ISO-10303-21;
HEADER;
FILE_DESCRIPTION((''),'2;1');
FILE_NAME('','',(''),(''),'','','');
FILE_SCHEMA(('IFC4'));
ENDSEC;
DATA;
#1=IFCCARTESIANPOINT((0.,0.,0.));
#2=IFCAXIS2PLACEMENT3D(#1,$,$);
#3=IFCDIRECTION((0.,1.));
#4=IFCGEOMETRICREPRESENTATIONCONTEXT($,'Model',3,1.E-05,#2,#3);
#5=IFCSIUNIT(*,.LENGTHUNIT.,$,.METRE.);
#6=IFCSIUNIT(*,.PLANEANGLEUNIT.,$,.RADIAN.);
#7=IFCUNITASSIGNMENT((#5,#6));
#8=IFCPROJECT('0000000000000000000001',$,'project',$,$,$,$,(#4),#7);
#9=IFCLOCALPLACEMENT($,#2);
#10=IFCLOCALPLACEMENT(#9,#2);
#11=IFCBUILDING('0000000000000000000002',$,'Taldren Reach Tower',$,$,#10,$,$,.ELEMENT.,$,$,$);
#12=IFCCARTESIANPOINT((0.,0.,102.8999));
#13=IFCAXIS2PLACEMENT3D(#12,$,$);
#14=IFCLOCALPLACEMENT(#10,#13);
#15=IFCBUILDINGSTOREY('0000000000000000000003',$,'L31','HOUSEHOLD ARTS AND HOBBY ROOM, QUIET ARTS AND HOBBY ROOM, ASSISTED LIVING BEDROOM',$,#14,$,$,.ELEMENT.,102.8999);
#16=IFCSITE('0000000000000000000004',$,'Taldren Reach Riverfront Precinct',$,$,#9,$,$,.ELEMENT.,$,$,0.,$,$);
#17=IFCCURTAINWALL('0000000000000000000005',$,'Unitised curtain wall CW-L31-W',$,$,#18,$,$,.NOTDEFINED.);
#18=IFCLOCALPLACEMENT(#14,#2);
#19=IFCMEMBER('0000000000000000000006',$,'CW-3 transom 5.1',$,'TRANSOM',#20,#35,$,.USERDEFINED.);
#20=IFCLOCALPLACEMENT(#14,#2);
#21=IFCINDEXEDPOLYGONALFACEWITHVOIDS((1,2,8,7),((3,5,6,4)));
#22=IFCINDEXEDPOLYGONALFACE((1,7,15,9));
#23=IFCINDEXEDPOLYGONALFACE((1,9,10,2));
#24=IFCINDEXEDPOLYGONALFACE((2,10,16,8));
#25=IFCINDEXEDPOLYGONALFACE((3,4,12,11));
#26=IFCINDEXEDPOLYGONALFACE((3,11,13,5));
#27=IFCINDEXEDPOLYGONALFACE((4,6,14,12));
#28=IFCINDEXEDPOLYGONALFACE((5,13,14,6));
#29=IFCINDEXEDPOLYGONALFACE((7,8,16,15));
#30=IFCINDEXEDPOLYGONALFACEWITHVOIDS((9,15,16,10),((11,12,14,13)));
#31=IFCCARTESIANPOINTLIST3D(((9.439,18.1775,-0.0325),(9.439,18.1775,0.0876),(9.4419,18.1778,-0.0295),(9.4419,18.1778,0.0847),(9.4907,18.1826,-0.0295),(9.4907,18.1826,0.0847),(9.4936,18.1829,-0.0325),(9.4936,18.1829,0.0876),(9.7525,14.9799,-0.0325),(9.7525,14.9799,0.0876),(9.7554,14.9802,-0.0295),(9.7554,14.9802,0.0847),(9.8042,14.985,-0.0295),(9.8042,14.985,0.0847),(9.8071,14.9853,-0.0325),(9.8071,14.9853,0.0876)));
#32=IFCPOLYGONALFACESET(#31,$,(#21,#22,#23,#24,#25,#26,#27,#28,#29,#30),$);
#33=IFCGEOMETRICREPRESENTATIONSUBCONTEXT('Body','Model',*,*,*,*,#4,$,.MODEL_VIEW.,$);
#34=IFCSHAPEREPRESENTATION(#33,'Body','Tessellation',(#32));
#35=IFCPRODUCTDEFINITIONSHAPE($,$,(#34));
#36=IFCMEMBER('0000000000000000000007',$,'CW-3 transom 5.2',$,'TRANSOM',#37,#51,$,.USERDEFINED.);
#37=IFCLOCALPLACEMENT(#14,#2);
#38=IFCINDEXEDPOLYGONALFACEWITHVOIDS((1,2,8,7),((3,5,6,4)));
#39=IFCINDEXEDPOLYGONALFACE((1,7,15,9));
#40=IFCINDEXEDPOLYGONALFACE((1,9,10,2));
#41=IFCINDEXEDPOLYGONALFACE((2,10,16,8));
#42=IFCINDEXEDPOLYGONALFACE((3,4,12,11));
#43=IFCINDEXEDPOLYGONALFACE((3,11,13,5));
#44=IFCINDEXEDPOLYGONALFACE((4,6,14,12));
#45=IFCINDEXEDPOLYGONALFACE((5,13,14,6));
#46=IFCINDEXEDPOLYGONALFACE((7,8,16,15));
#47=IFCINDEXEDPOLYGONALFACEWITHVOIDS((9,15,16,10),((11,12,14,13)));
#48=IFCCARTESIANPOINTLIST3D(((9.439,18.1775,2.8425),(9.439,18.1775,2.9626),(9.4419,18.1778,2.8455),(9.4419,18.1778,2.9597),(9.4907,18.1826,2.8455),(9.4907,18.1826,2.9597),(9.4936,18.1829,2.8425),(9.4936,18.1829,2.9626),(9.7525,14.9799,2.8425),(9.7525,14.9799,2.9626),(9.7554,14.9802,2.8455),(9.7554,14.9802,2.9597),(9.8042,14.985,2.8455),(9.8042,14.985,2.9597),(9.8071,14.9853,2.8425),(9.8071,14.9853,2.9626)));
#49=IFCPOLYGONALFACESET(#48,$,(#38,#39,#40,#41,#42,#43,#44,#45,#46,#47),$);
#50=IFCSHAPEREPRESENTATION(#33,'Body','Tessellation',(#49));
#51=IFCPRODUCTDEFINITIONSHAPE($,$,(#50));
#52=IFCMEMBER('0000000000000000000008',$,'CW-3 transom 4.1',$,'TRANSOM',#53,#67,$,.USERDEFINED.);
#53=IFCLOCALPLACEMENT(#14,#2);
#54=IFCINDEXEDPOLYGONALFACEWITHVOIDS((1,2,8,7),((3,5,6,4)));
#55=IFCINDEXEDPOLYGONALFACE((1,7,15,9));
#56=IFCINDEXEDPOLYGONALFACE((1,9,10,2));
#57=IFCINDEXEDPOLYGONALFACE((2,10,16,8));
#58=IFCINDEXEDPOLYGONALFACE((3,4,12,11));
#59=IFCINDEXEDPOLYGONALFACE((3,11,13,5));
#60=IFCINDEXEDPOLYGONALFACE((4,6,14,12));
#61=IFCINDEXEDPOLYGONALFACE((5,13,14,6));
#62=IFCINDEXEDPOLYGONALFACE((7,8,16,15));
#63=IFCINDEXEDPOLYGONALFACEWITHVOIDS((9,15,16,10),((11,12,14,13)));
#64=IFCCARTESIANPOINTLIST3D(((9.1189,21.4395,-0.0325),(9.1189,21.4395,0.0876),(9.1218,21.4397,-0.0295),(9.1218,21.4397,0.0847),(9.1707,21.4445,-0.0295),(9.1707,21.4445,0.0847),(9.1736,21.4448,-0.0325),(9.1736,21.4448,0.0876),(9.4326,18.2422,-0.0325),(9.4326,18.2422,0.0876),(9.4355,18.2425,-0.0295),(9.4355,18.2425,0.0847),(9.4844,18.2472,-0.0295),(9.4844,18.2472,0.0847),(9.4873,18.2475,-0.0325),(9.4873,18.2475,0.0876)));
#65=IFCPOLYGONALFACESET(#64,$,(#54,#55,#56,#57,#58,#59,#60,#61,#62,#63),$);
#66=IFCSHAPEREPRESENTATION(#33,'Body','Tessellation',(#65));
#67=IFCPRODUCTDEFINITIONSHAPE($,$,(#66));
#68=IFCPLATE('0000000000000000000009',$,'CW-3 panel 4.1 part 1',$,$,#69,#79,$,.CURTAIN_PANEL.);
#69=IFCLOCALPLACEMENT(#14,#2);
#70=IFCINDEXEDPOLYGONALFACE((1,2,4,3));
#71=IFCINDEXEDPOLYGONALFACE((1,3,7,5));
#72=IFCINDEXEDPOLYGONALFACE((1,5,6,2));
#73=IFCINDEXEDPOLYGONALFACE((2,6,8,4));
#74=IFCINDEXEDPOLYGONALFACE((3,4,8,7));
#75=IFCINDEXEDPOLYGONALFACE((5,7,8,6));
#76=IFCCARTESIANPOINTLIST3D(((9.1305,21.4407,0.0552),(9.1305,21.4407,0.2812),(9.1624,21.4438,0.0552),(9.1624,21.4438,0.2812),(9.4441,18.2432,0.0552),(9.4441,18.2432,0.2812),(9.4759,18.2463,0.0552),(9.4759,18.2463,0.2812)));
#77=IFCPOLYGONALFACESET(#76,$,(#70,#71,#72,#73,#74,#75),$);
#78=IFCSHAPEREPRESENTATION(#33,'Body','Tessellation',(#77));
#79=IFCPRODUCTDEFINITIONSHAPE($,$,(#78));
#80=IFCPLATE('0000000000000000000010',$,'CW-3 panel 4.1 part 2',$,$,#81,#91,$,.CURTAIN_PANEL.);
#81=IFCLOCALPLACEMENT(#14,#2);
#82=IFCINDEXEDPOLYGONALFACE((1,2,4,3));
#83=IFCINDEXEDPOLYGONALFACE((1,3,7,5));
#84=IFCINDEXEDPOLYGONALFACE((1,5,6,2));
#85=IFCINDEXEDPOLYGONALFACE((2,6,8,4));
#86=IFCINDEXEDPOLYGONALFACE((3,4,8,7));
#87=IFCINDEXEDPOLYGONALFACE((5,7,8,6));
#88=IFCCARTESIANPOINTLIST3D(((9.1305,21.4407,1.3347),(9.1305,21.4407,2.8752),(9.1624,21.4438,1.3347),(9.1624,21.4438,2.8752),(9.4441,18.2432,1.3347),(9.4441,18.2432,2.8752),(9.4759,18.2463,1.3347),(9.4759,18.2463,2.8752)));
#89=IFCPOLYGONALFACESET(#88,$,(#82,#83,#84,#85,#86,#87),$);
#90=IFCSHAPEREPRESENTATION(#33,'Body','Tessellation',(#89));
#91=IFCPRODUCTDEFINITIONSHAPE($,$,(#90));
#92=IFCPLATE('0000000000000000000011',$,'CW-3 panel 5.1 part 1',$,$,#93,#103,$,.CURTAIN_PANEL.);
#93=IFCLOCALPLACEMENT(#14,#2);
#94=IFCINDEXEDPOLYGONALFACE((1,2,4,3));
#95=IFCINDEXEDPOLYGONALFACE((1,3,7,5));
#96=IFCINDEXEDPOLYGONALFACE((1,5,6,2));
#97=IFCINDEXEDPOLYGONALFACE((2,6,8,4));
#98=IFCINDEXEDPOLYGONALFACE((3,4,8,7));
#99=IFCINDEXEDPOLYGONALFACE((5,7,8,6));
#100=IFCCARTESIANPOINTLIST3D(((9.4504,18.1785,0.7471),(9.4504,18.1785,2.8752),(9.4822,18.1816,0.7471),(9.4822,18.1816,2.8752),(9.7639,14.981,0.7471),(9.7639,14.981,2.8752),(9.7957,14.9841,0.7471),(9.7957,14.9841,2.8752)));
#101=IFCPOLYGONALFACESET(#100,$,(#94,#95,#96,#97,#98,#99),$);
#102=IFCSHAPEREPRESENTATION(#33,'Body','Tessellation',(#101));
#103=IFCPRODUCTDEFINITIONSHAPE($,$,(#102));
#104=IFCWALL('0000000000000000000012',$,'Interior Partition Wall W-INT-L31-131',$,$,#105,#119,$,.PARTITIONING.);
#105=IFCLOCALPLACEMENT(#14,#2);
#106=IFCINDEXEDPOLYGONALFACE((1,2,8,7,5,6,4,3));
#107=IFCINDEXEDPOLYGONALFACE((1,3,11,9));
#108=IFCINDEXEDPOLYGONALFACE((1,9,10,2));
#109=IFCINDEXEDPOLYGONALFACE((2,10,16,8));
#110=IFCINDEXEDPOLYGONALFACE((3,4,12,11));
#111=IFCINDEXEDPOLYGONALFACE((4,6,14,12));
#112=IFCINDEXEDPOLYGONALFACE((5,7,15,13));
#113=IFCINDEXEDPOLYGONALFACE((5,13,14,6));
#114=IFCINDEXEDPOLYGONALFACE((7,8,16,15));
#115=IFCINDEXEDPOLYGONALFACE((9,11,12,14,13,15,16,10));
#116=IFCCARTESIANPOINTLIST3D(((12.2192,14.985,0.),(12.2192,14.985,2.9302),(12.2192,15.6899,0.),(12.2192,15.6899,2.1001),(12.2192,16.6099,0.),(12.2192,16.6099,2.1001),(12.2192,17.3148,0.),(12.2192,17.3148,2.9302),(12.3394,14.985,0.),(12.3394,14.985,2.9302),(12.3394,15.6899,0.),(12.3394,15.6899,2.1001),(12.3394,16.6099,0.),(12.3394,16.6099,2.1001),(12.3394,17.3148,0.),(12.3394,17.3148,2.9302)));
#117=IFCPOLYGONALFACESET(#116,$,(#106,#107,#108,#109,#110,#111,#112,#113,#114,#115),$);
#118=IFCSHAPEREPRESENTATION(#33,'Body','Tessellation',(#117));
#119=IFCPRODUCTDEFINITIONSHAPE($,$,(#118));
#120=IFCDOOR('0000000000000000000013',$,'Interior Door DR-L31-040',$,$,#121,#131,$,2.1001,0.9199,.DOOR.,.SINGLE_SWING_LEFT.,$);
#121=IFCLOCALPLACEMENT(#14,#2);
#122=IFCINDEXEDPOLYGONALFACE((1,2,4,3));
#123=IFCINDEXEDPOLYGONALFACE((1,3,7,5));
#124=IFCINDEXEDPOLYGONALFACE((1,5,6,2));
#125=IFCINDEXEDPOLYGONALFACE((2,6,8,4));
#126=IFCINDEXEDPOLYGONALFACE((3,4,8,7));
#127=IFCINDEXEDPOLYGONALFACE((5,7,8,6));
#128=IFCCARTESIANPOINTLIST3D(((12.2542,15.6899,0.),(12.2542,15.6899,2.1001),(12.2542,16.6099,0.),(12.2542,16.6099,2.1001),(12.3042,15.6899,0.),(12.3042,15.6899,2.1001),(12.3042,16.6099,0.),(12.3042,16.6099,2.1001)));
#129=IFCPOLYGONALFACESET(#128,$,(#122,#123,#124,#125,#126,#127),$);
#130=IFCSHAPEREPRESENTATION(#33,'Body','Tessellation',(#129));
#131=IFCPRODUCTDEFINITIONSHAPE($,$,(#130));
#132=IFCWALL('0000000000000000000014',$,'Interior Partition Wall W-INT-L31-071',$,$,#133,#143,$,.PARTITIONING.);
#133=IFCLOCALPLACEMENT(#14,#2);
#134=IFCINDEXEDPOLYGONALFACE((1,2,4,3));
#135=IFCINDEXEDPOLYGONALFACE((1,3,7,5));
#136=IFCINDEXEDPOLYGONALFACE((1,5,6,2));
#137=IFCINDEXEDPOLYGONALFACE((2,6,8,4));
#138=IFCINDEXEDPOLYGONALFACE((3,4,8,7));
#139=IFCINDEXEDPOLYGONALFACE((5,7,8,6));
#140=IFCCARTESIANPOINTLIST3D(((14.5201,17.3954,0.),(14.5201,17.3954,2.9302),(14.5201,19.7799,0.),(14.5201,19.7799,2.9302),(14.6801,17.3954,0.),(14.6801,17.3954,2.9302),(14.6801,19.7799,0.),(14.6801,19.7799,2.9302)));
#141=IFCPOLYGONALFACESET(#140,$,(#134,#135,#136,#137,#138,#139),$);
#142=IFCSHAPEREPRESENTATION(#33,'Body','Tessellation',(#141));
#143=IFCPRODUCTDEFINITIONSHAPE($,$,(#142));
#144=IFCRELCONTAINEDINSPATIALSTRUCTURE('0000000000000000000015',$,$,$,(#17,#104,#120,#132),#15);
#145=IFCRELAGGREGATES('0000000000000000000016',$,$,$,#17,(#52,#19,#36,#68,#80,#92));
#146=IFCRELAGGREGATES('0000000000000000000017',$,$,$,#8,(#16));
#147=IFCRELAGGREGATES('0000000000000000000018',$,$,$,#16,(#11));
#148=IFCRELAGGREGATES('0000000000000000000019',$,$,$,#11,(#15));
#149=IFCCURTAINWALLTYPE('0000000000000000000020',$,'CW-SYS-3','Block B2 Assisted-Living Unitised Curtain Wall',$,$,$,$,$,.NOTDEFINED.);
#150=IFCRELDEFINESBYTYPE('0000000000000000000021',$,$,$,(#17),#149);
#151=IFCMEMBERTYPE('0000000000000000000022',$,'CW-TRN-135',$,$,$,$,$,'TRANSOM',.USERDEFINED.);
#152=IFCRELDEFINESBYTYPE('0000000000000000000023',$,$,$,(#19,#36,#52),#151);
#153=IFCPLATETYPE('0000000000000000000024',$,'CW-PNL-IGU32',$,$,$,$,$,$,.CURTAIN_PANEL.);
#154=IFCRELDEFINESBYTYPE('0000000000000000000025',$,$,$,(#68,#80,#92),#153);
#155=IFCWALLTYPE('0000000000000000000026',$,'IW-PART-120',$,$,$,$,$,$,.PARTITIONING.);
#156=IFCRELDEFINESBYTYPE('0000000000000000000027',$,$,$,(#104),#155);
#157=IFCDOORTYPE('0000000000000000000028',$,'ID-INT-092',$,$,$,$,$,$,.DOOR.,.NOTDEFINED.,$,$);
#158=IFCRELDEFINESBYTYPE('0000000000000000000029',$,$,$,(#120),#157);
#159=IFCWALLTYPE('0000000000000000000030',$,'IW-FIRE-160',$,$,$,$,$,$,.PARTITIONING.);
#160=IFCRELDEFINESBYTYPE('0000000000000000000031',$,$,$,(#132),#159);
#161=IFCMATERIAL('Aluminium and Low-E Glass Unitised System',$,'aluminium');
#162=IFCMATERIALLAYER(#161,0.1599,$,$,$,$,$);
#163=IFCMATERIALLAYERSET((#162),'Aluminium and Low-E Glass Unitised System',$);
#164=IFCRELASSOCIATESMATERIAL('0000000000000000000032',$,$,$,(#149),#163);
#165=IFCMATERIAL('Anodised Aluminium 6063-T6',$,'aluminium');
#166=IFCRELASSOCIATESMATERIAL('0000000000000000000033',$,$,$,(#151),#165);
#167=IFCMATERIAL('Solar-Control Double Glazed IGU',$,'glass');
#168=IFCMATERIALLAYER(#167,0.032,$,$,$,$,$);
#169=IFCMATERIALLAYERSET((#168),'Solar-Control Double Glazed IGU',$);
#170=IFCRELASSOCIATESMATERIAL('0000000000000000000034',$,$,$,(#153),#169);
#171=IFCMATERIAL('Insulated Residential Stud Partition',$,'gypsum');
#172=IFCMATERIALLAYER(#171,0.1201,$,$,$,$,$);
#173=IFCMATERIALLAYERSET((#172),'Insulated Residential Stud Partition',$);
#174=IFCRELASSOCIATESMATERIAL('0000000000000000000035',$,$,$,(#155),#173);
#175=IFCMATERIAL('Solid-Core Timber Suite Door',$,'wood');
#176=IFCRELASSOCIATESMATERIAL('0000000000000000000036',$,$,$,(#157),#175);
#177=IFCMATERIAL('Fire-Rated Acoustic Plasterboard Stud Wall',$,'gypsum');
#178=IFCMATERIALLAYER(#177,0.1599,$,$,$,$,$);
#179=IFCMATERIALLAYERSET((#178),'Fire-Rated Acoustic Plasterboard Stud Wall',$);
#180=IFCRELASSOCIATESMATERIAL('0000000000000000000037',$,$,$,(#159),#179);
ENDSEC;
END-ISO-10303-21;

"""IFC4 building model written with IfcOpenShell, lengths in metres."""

from ifc_helpers import new_model, si_unit, direction, frame, frame_2d, origin, origin_2d, place, context, subcontext, project, spatial, rectangle, hollow_rectangle, extrude, source, transform, mapped, material, layer, layer_set, material_profile, profile_set, type_object, element, fill, aggregate, save


model = new_model("IFC4")

# Units and contexts
model_context = context("Model", 3, precision=1e-05, world=origin(), true_north=direction((0.0, 1.0)))
body_context = subcontext(model_context, "Body", "Model", "MODEL_VIEW")
ifc_project = project(units=[si_unit("LENGTHUNIT", "METRE"), si_unit("PLANEANGLEUNIT", "RADIAN")], contexts=[model_context])

# Site, building, storey
site_placement = place(None, origin())
site = spatial("IfcSite", under=ifc_project, at=site_placement, Name="Taldren Reach Riverfront Precinct", CompositionType="ELEMENT", RefElevation=0.0)
building_placement = place(site_placement, origin())
building = spatial("IfcBuilding", under=site, at=building_placement, Name="Taldren Reach Tower", CompositionType="ELEMENT")
storey_placement = place(building_placement, frame((0.0, 0.0, 102.8999)))
storey = spatial("IfcBuildingStorey", under=building, at=storey_placement, Name="L31", Description="HOUSEHOLD ARTS AND HOBBY ROOM, QUIET ARTS AND HOBBY ROOM, ASSISTED LIVING BEDROOM", CompositionType="ELEMENT", Elevation=102.8999)

# Curtain wall, members, plates
ifc_material_1 = material(Name="Aluminium and Low-E Glass Unitised System", Category="aluminium")
ifc_layer_1 = layer(ifc_material_1, 0.1599)
ifc_layer_set_1 = layer_set([ifc_layer_1], Name="Aluminium and Low-E Glass Unitised System")
curtain_wall_type = type_object("IfcCurtainWallType", Name="CW-SYS-3", Description="Block B2 Assisted-Living Unitised Curtain Wall", PredefinedType="NOTDEFINED", material=ifc_layer_set_1)
curtain_wall_placement = place(storey_placement, origin())
curtain_wall = element("IfcCurtainWall", 1, at=curtain_wall_placement, inside=storey, type_object=curtain_wall_type, Name="Unitised curtain wall CW-L31-W", PredefinedType="NOTDEFINED")
ifc_material_2 = material(Name="Anodised Aluminium 6063-T6", Category="aluminium")
ifc_material_profile_1 = material_profile(ifc_material_2, hollow_rectangle(XDim=0.0549, YDim=0.1201, WallThickness=0.0029, at=origin_2d()), Name="ALU-120x55x3RHS")
ifc_profile_set_1 = profile_set([ifc_material_profile_1], Name="Anodised Aluminium 6063-T6")
member_type_1 = type_object("IfcMemberType", Name="CW-TRN-135", ElementType="TRANSOM", PredefinedType="USERDEFINED", material=ifc_profile_set_1)
shared_shape_1 = source(origin(), body_context, "Body", "SweptSolid", [
    extrude(hollow_rectangle(XDim=0.0549, YDim=0.1201, WallThickness=0.0029, at=origin_2d()), origin(), (0.0, 0.0, 1.0), 3.2129),
])
member_1_placement = place(storey_placement, frame((9.4663, 18.1802, 0.0276), z_axis=(0.09757, -0.995229, 0.0), x_axis=(0.995229, 0.09757, 0.0)))
member_1 = element("IfcMember", 2, at=member_1_placement, type_object=member_type_1, Name="CW-3 transom 5.1", ObjectType="TRANSOM", PredefinedType="USERDEFINED", context=body_context, shape_type="MappedRepresentation", body=[
    mapped(shared_shape_1, transform((0.0, 0.0, 0.0), scale=1.0)),
])
member_2_placement = place(storey_placement, frame((9.4663, 18.1802, 2.9026), z_axis=(0.09757, -0.995229, 0.0), x_axis=(0.995229, 0.09757, 0.0)))
member_2 = element("IfcMember", 3, at=member_2_placement, type_object=member_type_1, Name="CW-3 transom 5.2", ObjectType="TRANSOM", PredefinedType="USERDEFINED", context=body_context, shape_type="MappedRepresentation", body=[
    mapped(shared_shape_1, transform((0.0, 0.0, 0.0), scale=1.0)),
])
shared_shape_2 = source(origin(), body_context, "Body", "SweptSolid", [
    extrude(hollow_rectangle(XDim=0.0549, YDim=0.1201, WallThickness=0.0029, at=origin_2d()), origin(), (0.0, 0.0, 1.0), 3.2126),
])
member_3_placement = place(storey_placement, frame((9.1462, 21.4421, 0.0276), z_axis=(0.097653, -0.995221, 0.0), x_axis=(0.995221, 0.097653, 0.0)))
member_3 = element("IfcMember", 4, at=member_3_placement, type_object=member_type_1, Name="CW-3 transom 4.1", ObjectType="TRANSOM", PredefinedType="USERDEFINED", context=body_context, shape_type="MappedRepresentation", body=[
    mapped(shared_shape_2, transform((0.0, 0.0, 0.0), scale=1.0)),
])
ifc_material_3 = material(Name="Solar-Control Double Glazed IGU", Category="glass")
ifc_layer_2 = layer(ifc_material_3, 0.032)
ifc_layer_set_2 = layer_set([ifc_layer_2], Name="Solar-Control Double Glazed IGU")
plate_type = type_object("IfcPlateType", Name="CW-PNL-IGU32", PredefinedType="CURTAIN_PANEL", material=ifc_layer_set_2)
shared_shape_3 = source(origin(), body_context, "Body", "SweptSolid", [
    extrude(rectangle(XDim=3.2129, YDim=0.032, at=origin_2d()), origin(), (0.0, 0.0, 1.0), 0.2261),
])
plate_1_placement = place(storey_placement, frame((9.3032, 19.8435, 0.0552), z_axis=(0.0, 0.0, 1.0), x_axis=(0.097583, -0.995227, 0.0)))
plate_1 = element("IfcPlate", 5, at=plate_1_placement, type_object=plate_type, Name="CW-3 panel 4.1 part 1", PredefinedType="CURTAIN_PANEL", context=body_context, shape_type="MappedRepresentation", body=[
    mapped(shared_shape_3, transform((0.0, 0.0, 0.0), scale=1.0)),
])
shared_shape_4 = source(origin(), body_context, "Body", "SweptSolid", [
    extrude(rectangle(XDim=3.2129, YDim=0.032, at=origin_2d()), origin(), (0.0, 0.0, 1.0), 1.5405),
])
plate_2_placement = place(storey_placement, frame((9.3032, 19.8435, 1.3347), z_axis=(0.0, 0.0, 1.0), x_axis=(0.097583, -0.995227, 0.0)))
plate_2 = element("IfcPlate", 6, at=plate_2_placement, type_object=plate_type, Name="CW-3 panel 4.1 part 2", PredefinedType="CURTAIN_PANEL", context=body_context, shape_type="MappedRepresentation", body=[
    mapped(shared_shape_4, transform((0.0, 0.0, 0.0), scale=1.0)),
])
shared_shape_5 = source(origin(), body_context, "Body", "SweptSolid", [
    extrude(rectangle(XDim=3.2129, YDim=0.032, at=origin_2d()), origin(), (0.0, 0.0, 1.0), 2.1282),
])
plate_3_placement = place(storey_placement, frame((9.623, 16.5813, 0.7471), z_axis=(0.0, 0.0, 1.0), x_axis=(0.097583, -0.995227, 0.0)))
plate_3 = element("IfcPlate", 7, at=plate_3_placement, type_object=plate_type, Name="CW-3 panel 5.1 part 1", PredefinedType="CURTAIN_PANEL", context=body_context, shape_type="MappedRepresentation", body=[
    mapped(shared_shape_5, transform((0.0, 0.0, 0.0), scale=1.0)),
])
aggregate(curtain_wall, [member_3, member_1, member_2, plate_1, plate_2, plate_3])

# Wall, opening, door
ifc_material_4 = material(Name="Insulated Residential Stud Partition", Category="gypsum")
ifc_layer_3 = layer(ifc_material_4, 0.1201)
ifc_layer_set_3 = layer_set([ifc_layer_3], Name="Insulated Residential Stud Partition")
wall_type_1 = type_object("IfcWallType", Name="IW-PART-120", PredefinedType="PARTITIONING", material=ifc_layer_set_3)
shared_shape_6 = source(origin(), body_context, "Body", "SweptSolid", [
    extrude(rectangle(XDim=2.3298, YDim=0.1201, at=frame_2d((1.165, 0.0))), origin(), (0.0, 0.0, 1.0), 2.9302),
])
wall_1_placement = place(storey_placement, frame((12.2793, 17.3149, 0.0), z_axis=(0.0, 0.0, 1.0), x_axis=(0.0, -1.0, 0.0)))
wall_1 = element("IfcWall", 8, at=wall_1_placement, inside=storey, type_object=wall_type_1, Name="Interior Partition Wall W-INT-L31-131", PredefinedType="PARTITIONING", context=body_context, shape_type="MappedRepresentation", body=[
    mapped(shared_shape_6, transform((0.0, 0.0, 0.0), scale=1.0)),
])
shared_shape_7 = source(origin(), body_context, "Body", "SweptSolid", [
    extrude(rectangle(XDim=0.9199, YDim=2.1001, at=frame_2d((0.46, 1.05))), frame((0.0, 0.0701, 0.0), z_axis=(0.0, -1.0, 0.0), x_axis=(1.0, 0.0, 0.0)), (0.0, 0.0, 1.0), 0.1401),
])
opening_1_placement = place(wall_1_placement, frame((0.7051, 0.0, 0.0)))
opening_1 = element("IfcOpeningElement", 9, at=opening_1_placement, cuts=wall_1, PredefinedType="OPENING", context=body_context, shape_type="MappedRepresentation", body=[
    mapped(shared_shape_7, transform((0.0, 0.0, 0.0), scale=1.0)),
])
ifc_material_5 = material(Name="Solid-Core Timber Suite Door", Category="wood")
door_type = type_object("IfcDoorType", Name="ID-INT-092", OperationType="NOTDEFINED", PredefinedType="DOOR", material=ifc_material_5)
shared_shape_8 = source(origin(), body_context, "Body", "SweptSolid", [
    extrude(rectangle(XDim=0.9199, YDim=2.1001, at=frame_2d((0.46, 1.05))), frame((0.0, 0.0249, 0.0), z_axis=(0.0, -1.0, 0.0), x_axis=(1.0, 0.0, 0.0)), (0.0, 0.0, 1.0), 0.05),
])
door_1_placement = place(opening_1_placement, origin())
door_1 = element("IfcDoor", 10, at=door_1_placement, inside=storey, type_object=door_type, Name="Interior Door DR-L31-040", OperationType="SINGLE_SWING_LEFT", OverallHeight=2.1001, OverallWidth=0.9199, PredefinedType="DOOR", context=body_context, shape_type="MappedRepresentation", body=[
    mapped(shared_shape_8, transform((0.0, 0.0, 0.0), scale=1.0)),
])
fill(opening_1, door_1)

# Wall
ifc_material_6 = material(Name="Fire-Rated Acoustic Plasterboard Stud Wall", Category="gypsum")
ifc_layer_4 = layer(ifc_material_6, 0.1599)
ifc_layer_set_4 = layer_set([ifc_layer_4], Name="Fire-Rated Acoustic Plasterboard Stud Wall")
wall_type_2 = type_object("IfcWallType", Name="IW-FIRE-160", PredefinedType="PARTITIONING", material=ifc_layer_set_4)
shared_shape_9 = source(origin(), body_context, "Body", "SweptSolid", [
    extrude(rectangle(XDim=2.3845, YDim=0.1599, at=frame_2d((1.1924, 0.0))), origin(), (0.0, 0.0, 1.0), 2.9302),
])
wall_2_placement = place(storey_placement, frame((14.6001, 17.3953, 0.0), z_axis=(0.0, 0.0, 1.0), x_axis=(0.0, 1.0, 0.0)))
element("IfcWall", 11, at=wall_2_placement, inside=storey, type_object=wall_type_2, Name="Interior Partition Wall W-INT-L31-071", PredefinedType="PARTITIONING", context=body_context, shape_type="MappedRepresentation", body=[
    mapped(shared_shape_9, transform((0.0, 0.0, 0.0), scale=1.0)),
])

save(model, "model.ifc")
